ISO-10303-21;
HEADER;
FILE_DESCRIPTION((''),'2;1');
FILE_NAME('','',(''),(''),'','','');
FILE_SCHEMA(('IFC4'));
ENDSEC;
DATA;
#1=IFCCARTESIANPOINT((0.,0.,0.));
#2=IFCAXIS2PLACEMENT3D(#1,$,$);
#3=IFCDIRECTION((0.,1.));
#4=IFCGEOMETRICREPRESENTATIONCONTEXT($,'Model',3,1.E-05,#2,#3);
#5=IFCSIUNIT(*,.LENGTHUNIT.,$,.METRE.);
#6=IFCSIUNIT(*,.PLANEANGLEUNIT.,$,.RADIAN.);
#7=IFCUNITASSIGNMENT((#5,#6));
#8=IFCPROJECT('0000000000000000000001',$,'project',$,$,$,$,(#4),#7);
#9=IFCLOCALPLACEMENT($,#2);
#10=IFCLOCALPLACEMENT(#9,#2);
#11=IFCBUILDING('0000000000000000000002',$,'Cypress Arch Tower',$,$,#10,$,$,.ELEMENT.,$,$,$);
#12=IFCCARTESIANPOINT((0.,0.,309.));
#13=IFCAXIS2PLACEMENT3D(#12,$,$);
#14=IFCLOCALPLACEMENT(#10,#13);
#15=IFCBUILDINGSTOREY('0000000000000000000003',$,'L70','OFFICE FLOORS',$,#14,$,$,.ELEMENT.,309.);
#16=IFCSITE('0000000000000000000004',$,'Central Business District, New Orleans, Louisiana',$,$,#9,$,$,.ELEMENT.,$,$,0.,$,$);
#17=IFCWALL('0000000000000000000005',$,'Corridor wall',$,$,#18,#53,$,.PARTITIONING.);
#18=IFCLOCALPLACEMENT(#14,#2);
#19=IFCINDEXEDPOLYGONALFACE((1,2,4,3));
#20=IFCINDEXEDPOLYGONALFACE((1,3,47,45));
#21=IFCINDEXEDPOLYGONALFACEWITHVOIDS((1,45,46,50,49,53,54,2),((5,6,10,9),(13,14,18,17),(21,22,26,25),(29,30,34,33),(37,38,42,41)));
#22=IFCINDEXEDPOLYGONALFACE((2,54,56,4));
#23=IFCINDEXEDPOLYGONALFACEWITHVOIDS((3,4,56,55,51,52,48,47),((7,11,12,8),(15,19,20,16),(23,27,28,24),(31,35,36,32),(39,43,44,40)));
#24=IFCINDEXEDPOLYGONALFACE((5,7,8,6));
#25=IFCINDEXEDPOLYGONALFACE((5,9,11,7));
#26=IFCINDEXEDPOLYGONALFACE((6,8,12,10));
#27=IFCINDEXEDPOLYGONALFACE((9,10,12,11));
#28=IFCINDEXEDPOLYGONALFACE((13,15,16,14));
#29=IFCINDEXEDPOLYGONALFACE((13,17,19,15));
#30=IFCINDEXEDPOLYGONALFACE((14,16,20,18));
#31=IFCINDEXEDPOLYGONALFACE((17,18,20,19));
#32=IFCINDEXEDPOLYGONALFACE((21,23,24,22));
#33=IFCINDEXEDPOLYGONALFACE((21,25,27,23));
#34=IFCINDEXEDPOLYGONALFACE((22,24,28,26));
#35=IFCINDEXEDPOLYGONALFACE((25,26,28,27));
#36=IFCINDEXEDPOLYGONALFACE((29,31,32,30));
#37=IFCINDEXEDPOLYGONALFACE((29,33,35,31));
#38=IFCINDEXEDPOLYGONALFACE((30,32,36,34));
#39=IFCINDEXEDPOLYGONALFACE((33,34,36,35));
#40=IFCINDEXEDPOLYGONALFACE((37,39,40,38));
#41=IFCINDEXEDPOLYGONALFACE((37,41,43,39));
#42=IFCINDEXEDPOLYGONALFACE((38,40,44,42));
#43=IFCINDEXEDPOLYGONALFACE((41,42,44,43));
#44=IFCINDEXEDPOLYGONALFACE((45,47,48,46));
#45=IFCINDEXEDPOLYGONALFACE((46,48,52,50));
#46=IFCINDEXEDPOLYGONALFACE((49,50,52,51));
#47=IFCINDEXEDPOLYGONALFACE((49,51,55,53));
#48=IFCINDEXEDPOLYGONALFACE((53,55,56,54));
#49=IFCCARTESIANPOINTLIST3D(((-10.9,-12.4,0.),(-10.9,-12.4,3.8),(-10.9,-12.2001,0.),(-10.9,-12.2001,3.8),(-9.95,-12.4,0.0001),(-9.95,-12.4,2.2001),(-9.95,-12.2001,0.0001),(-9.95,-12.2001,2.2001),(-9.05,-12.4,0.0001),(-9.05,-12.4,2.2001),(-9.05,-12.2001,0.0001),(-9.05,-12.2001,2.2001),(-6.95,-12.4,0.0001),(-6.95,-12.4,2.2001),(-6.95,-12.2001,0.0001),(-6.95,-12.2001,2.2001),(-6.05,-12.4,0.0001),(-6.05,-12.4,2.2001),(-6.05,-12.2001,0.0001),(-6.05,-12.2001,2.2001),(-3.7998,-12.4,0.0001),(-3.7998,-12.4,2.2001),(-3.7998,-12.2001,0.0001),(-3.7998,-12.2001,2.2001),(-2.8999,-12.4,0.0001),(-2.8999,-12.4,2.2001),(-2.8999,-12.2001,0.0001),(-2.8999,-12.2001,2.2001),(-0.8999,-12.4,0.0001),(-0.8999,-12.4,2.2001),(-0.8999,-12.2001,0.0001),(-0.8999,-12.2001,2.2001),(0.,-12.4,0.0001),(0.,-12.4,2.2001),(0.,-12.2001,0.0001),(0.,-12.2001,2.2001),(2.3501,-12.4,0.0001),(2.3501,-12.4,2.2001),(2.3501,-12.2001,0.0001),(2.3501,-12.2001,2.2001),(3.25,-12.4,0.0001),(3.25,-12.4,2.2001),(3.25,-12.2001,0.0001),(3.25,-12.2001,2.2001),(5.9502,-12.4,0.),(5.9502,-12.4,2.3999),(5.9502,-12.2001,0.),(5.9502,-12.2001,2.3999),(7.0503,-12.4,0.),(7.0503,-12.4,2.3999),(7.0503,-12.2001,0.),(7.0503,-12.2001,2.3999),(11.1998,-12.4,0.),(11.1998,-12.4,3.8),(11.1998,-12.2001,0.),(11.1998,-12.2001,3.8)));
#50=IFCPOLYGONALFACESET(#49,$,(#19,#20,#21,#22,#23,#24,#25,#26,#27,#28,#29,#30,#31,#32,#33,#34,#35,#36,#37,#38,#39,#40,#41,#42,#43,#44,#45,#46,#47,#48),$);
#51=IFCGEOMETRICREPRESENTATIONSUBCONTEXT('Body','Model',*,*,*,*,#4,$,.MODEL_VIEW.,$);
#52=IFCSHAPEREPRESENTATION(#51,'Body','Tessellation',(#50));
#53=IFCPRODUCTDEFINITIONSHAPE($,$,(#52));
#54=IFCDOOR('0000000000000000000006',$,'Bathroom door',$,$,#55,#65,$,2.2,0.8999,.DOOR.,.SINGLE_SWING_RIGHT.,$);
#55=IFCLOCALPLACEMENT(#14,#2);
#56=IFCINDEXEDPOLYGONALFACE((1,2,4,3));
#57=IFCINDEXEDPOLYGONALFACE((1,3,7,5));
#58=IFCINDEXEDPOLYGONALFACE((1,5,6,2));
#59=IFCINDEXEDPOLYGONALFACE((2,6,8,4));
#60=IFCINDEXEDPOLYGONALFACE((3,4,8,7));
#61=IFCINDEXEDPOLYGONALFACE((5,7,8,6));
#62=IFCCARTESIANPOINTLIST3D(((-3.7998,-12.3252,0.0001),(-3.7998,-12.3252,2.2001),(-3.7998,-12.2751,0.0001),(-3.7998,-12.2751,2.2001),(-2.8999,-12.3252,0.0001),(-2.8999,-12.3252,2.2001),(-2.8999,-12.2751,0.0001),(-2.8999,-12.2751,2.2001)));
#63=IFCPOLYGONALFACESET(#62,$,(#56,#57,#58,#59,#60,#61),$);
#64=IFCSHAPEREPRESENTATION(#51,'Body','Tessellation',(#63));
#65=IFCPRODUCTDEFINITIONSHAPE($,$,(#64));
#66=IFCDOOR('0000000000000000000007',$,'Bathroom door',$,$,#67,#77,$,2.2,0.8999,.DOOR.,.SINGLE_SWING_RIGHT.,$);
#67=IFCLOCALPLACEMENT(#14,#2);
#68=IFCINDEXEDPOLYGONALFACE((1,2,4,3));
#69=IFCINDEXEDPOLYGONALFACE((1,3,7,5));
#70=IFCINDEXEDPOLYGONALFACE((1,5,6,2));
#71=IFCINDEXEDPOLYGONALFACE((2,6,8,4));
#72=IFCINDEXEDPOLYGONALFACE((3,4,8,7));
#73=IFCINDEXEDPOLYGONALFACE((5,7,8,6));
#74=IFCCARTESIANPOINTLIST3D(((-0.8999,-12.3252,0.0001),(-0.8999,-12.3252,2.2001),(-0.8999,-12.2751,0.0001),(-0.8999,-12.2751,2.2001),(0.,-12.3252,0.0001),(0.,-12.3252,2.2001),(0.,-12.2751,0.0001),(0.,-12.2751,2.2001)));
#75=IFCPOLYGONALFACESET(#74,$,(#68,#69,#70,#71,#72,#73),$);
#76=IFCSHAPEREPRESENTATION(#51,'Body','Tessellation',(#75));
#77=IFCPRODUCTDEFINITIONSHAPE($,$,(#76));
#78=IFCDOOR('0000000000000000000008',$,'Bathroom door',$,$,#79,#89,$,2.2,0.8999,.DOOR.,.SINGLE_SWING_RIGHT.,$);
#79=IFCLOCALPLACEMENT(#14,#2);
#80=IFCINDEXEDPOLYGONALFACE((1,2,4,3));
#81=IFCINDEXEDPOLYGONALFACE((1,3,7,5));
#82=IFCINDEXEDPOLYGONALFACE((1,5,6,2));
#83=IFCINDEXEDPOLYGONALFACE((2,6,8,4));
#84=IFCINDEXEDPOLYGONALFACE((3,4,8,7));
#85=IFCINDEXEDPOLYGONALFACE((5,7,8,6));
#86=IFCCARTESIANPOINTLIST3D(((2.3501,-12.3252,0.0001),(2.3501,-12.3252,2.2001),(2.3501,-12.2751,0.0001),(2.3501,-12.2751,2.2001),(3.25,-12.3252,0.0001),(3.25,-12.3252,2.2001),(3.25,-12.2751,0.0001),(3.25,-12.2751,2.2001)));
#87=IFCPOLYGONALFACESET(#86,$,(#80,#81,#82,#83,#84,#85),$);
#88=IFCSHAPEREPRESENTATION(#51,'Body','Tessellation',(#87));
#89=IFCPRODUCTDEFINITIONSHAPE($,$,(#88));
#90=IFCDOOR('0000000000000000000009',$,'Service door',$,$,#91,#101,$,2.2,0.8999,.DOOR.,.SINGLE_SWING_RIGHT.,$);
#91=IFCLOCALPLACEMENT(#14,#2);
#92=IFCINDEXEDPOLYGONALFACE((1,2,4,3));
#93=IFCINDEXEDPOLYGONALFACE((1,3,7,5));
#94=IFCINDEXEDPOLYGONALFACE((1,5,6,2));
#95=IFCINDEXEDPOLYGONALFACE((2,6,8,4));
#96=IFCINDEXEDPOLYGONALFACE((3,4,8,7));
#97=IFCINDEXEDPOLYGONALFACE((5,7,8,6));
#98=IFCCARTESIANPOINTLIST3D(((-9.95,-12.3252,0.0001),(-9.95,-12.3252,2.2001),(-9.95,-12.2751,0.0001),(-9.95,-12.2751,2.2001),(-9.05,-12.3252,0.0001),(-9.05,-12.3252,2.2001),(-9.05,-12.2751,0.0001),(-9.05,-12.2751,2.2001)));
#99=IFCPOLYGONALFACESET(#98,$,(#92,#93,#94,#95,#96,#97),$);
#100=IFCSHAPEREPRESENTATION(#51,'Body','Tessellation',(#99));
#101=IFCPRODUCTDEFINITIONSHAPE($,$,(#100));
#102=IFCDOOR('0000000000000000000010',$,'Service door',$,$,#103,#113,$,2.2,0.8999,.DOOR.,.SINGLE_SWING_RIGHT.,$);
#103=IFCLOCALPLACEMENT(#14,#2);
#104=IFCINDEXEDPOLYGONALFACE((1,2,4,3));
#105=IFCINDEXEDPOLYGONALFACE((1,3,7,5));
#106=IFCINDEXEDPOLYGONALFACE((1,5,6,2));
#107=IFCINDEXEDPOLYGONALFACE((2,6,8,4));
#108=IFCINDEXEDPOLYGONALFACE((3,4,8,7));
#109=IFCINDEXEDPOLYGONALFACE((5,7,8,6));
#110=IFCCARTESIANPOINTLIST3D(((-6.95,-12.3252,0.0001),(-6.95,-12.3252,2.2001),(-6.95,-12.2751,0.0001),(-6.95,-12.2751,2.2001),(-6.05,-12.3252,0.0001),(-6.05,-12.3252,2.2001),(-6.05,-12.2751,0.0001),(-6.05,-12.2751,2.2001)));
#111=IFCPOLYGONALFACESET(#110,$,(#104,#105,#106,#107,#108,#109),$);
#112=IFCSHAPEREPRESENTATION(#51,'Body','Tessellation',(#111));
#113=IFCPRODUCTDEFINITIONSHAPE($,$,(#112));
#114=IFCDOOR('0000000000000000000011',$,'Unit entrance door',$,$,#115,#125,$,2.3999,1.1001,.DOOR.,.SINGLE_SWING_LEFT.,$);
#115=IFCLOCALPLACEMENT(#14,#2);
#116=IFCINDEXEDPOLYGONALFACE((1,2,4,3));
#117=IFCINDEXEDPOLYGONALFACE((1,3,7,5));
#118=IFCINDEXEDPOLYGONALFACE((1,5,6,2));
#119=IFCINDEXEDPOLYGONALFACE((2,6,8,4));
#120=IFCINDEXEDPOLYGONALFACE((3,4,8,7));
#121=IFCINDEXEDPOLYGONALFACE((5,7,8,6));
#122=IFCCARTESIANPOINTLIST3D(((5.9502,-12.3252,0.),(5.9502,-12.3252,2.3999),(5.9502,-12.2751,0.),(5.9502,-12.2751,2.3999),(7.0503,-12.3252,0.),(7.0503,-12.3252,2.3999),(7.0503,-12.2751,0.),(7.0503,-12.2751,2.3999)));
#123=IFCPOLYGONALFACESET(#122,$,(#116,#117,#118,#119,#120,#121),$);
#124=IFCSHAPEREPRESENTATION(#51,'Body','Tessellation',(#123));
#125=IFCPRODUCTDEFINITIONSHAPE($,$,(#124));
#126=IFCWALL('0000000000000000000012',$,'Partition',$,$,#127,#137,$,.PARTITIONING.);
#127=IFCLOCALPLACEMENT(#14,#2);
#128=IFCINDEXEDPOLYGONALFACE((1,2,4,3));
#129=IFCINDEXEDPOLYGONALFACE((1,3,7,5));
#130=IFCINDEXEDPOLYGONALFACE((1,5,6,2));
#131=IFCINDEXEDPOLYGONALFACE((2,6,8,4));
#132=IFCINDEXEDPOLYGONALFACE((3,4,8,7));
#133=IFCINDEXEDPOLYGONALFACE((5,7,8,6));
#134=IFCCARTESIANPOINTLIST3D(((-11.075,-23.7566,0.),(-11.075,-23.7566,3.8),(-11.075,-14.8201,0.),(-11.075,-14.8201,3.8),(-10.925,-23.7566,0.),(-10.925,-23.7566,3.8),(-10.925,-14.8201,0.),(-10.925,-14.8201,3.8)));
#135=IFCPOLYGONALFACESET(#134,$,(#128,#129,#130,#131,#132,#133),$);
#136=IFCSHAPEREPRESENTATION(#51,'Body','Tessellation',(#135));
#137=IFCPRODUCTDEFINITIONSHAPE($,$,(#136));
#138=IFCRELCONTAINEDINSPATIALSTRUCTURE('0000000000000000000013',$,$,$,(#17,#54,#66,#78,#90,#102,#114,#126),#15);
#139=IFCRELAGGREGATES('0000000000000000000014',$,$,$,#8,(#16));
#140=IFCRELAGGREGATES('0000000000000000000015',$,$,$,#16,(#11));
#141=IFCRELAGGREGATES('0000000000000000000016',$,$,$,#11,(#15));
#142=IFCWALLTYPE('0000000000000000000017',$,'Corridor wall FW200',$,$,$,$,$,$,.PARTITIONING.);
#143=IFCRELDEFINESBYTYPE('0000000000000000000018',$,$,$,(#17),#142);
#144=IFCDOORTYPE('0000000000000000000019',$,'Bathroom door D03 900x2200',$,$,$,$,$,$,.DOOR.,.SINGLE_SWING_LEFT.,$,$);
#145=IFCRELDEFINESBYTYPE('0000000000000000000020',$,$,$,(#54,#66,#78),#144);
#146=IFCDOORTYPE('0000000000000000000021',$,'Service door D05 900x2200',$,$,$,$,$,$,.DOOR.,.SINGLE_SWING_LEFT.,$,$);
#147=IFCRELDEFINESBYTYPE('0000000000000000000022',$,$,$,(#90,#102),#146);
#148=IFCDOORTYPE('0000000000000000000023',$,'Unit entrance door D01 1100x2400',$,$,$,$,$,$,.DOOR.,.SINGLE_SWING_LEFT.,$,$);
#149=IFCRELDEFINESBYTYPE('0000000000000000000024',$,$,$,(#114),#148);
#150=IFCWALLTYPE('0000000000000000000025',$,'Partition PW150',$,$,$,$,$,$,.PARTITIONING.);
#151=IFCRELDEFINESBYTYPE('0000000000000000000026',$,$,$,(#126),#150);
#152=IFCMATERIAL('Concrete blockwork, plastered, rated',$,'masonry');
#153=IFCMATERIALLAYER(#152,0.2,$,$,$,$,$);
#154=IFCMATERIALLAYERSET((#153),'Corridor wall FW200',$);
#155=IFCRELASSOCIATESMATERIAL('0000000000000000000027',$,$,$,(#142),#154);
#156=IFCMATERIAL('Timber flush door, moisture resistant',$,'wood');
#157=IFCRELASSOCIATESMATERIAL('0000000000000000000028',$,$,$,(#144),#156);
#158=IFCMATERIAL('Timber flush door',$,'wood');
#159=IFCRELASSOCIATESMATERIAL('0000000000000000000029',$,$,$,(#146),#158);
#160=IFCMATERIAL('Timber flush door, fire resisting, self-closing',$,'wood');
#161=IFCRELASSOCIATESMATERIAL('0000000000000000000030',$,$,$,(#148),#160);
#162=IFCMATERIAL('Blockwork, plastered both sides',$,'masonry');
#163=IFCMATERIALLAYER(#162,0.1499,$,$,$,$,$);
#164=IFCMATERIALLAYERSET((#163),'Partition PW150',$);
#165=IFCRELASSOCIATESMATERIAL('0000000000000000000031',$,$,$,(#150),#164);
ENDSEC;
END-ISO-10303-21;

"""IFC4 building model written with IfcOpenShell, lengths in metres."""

from ifc_helpers import new_model, si_unit, direction, frame, frame_2d, origin, place, context, subcontext, project, spatial, rectangle, extrude, material, layer, layer_set, type_object, element, fill, save


model = new_model("IFC4")

# Units and contexts
model_context = context("Model", 3, precision=1e-05, world=origin(), true_north=direction((0.0, 1.0)))
body_context = subcontext(model_context, "Body", "Model", "MODEL_VIEW")
ifc_project = project(units=[si_unit("LENGTHUNIT", "METRE"), si_unit("PLANEANGLEUNIT", "RADIAN")], contexts=[model_context])

# Site, building, storey
site_placement = place(None, origin())
site = spatial("IfcSite", under=ifc_project, at=site_placement, Name="Central Business District, New Orleans, Louisiana", CompositionType="ELEMENT", RefElevation=0.0)
building_placement = place(site_placement, origin())
building = spatial("IfcBuilding", under=site, at=building_placement, Name="Cypress Arch Tower", CompositionType="ELEMENT")
storey_placement = place(building_placement, frame((0.0, 0.0, 309.0)))
storey = spatial("IfcBuildingStorey", under=building, at=storey_placement, Name="L70", Description="OFFICE FLOORS", CompositionType="ELEMENT", Elevation=309.0)

# Shared definitions
ifc_material_1 = material(Name="Concrete blockwork, plastered, rated", Category="masonry")
ifc_layer_1 = layer(ifc_material_1, 0.2)
ifc_layer_set_1 = layer_set([ifc_layer_1], Name="Corridor wall FW200")
wall_type_1 = type_object("IfcWallType", Name="Corridor wall FW200", PredefinedType="PARTITIONING", material=ifc_layer_set_1)

# Wall, openings, doors
wall_1_placement = place(storey_placement, frame((-10.8999, -12.3, 0.0), z_axis=(0.0, 0.0, 1.0), x_axis=(1.0, 0.0, 0.0)))
wall_1 = element("IfcWall", 1, at=wall_1_placement, inside=storey, type_object=wall_type_1, Name="Corridor wall", PredefinedType="PARTITIONING", context=body_context, shape_type="SweptSolid", body=[
    extrude(rectangle(XDim=22.0999, YDim=0.2, at=frame_2d((11.0498, 0.0))), origin(), (0.0, 0.0, 1.0), 3.8),
])
opening_1_placement = place(wall_1_placement, frame((0.95, 0.0, 0.0)))
opening_1 = element("IfcOpeningElement", 2, at=opening_1_placement, cuts=wall_1, PredefinedType="OPENING", context=body_context, shape_type="SweptSolid", body=[
    extrude(rectangle(XDim=0.8999, YDim=2.2, at=frame_2d((0.45, 1.1001))), frame((0.0, 0.1099, 0.0), z_axis=(0.0, -1.0, 0.0), x_axis=(1.0, 0.0, 0.0)), (0.0, 0.0, 1.0), 0.22),
])
opening_2_placement = place(wall_1_placement, frame((3.95, 0.0, 0.0)))
opening_2 = element("IfcOpeningElement", 3, at=opening_2_placement, cuts=wall_1, PredefinedType="OPENING", context=body_context, shape_type="SweptSolid", body=[
    extrude(rectangle(XDim=0.8999, YDim=2.2, at=frame_2d((0.45, 1.1001))), frame((0.0, 0.1099, 0.0), z_axis=(0.0, -1.0, 0.0), x_axis=(1.0, 0.0, 0.0)), (0.0, 0.0, 1.0), 0.22),
])
opening_3_placement = place(wall_1_placement, frame((7.1001, 0.0, 0.0)))
opening_3 = element("IfcOpeningElement", 4, at=opening_3_placement, cuts=wall_1, PredefinedType="OPENING", context=body_context, shape_type="SweptSolid", body=[
    extrude(rectangle(XDim=0.8999, YDim=2.2, at=frame_2d((0.45, 1.1001))), frame((0.0, 0.1099, 0.0), z_axis=(0.0, -1.0, 0.0), x_axis=(1.0, 0.0, 0.0)), (0.0, 0.0, 1.0), 0.22),
])
opening_4_placement = place(wall_1_placement, frame((10.0, 0.0, 0.0)))
opening_4 = element("IfcOpeningElement", 5, at=opening_4_placement, cuts=wall_1, PredefinedType="OPENING", context=body_context, shape_type="SweptSolid", body=[
    extrude(rectangle(XDim=0.8999, YDim=2.2, at=frame_2d((0.45, 1.1001))), frame((0.0, 0.1099, 0.0), z_axis=(0.0, -1.0, 0.0), x_axis=(1.0, 0.0, 0.0)), (0.0, 0.0, 1.0), 0.22),
])
opening_5_placement = place(wall_1_placement, frame((13.25, 0.0, 0.0)))
opening_5 = element("IfcOpeningElement", 6, at=opening_5_placement, cuts=wall_1, PredefinedType="OPENING", context=body_context, shape_type="SweptSolid", body=[
    extrude(rectangle(XDim=0.8999, YDim=2.2, at=frame_2d((0.45, 1.1001))), frame((0.0, 0.1099, 0.0), z_axis=(0.0, -1.0, 0.0), x_axis=(1.0, 0.0, 0.0)), (0.0, 0.0, 1.0), 0.22),
])
opening_6_placement = place(wall_1_placement, frame((16.8501, 0.0, 0.0)))
opening_6 = element("IfcOpeningElement", 7, at=opening_6_placement, cuts=wall_1, PredefinedType="OPENING", context=body_context, shape_type="SweptSolid", body=[
    extrude(rectangle(XDim=1.1001, YDim=2.3999, at=frame_2d((0.55, 1.2))), frame((0.0, 0.1099, 0.0), z_axis=(0.0, -1.0, 0.0), x_axis=(1.0, 0.0, 0.0)), (0.0, 0.0, 1.0), 0.22),
])
ifc_material_2 = material(Name="Timber flush door, moisture resistant", Category="wood")
door_type_1 = type_object("IfcDoorType", Name="Bathroom door D03 900x2200", OperationType="SINGLE_SWING_LEFT", PredefinedType="DOOR", material=ifc_material_2)
door_1_placement = place(opening_3_placement, origin())
door_1 = element("IfcDoor", 8, at=door_1_placement, inside=storey, type_object=door_type_1, Name="Bathroom door", OperationType="SINGLE_SWING_RIGHT", OverallHeight=2.2, OverallWidth=0.8999, PredefinedType="DOOR", context=body_context, shape_type="SweptSolid", body=[
    extrude(rectangle(XDim=0.8999, YDim=2.2, at=frame_2d((0.45, 1.1001))), frame((0.0, 0.0249, 0.0), z_axis=(0.0, -1.0, 0.0), x_axis=(1.0, 0.0, 0.0)), (0.0, 0.0, 1.0), 0.05),
])
fill(opening_3, door_1)
door_2_placement = place(opening_4_placement, origin())
door_2 = element("IfcDoor", 9, at=door_2_placement, inside=storey, type_object=door_type_1, Name="Bathroom door", OperationType="SINGLE_SWING_RIGHT", OverallHeight=2.2, OverallWidth=0.8999, PredefinedType="DOOR", context=body_context, shape_type="SweptSolid", body=[
    extrude(rectangle(XDim=0.8999, YDim=2.2, at=frame_2d((0.45, 1.1001))), frame((0.0, 0.0249, 0.0), z_axis=(0.0, -1.0, 0.0), x_axis=(1.0, 0.0, 0.0)), (0.0, 0.0, 1.0), 0.05),
])
fill(opening_4, door_2)
door_3_placement = place(opening_5_placement, origin())
door_3 = element("IfcDoor", 10, at=door_3_placement, inside=storey, type_object=door_type_1, Name="Bathroom door", OperationType="SINGLE_SWING_RIGHT", OverallHeight=2.2, OverallWidth=0.8999, PredefinedType="DOOR", context=body_context, shape_type="SweptSolid", body=[
    extrude(rectangle(XDim=0.8999, YDim=2.2, at=frame_2d((0.45, 1.1001))), frame((0.0, 0.0249, 0.0), z_axis=(0.0, -1.0, 0.0), x_axis=(1.0, 0.0, 0.0)), (0.0, 0.0, 1.0), 0.05),
])
fill(opening_5, door_3)
ifc_material_3 = material(Name="Timber flush door", Category="wood")
door_type_2 = type_object("IfcDoorType", Name="Service door D05 900x2200", OperationType="SINGLE_SWING_LEFT", PredefinedType="DOOR", material=ifc_material_3)
door_4_placement = place(opening_1_placement, origin())
door_4 = element("IfcDoor", 11, at=door_4_placement, inside=storey, type_object=door_type_2, Name="Service door", OperationType="SINGLE_SWING_RIGHT", OverallHeight=2.2, OverallWidth=0.8999, PredefinedType="DOOR", context=body_context, shape_type="SweptSolid", body=[
    extrude(rectangle(XDim=0.8999, YDim=2.2, at=frame_2d((0.45, 1.1001))), frame((0.0, 0.0249, 0.0), z_axis=(0.0, -1.0, 0.0), x_axis=(1.0, 0.0, 0.0)), (0.0, 0.0, 1.0), 0.05),
])
fill(opening_1, door_4)
door_5_placement = place(opening_2_placement, origin())
door_5 = element("IfcDoor", 12, at=door_5_placement, inside=storey, type_object=door_type_2, Name="Service door", OperationType="SINGLE_SWING_RIGHT", OverallHeight=2.2, OverallWidth=0.8999, PredefinedType="DOOR", context=body_context, shape_type="SweptSolid", body=[
    extrude(rectangle(XDim=0.8999, YDim=2.2, at=frame_2d((0.45, 1.1001))), frame((0.0, 0.0249, 0.0), z_axis=(0.0, -1.0, 0.0), x_axis=(1.0, 0.0, 0.0)), (0.0, 0.0, 1.0), 0.05),
])
fill(opening_2, door_5)
ifc_material_4 = material(Name="Timber flush door, fire resisting, self-closing", Category="wood")
door_type_3 = type_object("IfcDoorType", Name="Unit entrance door D01 1100x2400", OperationType="SINGLE_SWING_LEFT", PredefinedType="DOOR", material=ifc_material_4)
door_6_placement = place(opening_6_placement, origin())
door_6 = element("IfcDoor", 13, at=door_6_placement, inside=storey, type_object=door_type_3, Name="Unit entrance door", OperationType="SINGLE_SWING_LEFT", OverallHeight=2.3999, OverallWidth=1.1001, PredefinedType="DOOR", context=body_context, shape_type="SweptSolid", body=[
    extrude(rectangle(XDim=1.1001, YDim=2.3999, at=frame_2d((0.55, 1.2))), frame((0.0, 0.0249, 0.0), z_axis=(0.0, -1.0, 0.0), x_axis=(1.0, 0.0, 0.0)), (0.0, 0.0, 1.0), 0.05),
])
fill(opening_6, door_6)

# Wall
ifc_material_5 = material(Name="Blockwork, plastered both sides", Category="masonry")
ifc_layer_2 = layer(ifc_material_5, 0.1499)
ifc_layer_set_2 = layer_set([ifc_layer_2], Name="Partition PW150")
wall_type_2 = type_object("IfcWallType", Name="Partition PW150", PredefinedType="PARTITIONING", material=ifc_layer_set_2)
wall_2_placement = place(storey_placement, frame((-11.0, -23.7566, 0.0), z_axis=(0.0, 0.0, 1.0), x_axis=(0.0, 1.0, 0.0)))
element("IfcWall", 14, at=wall_2_placement, inside=storey, type_object=wall_type_2, Name="Partition", PredefinedType="PARTITIONING", context=body_context, shape_type="SweptSolid", body=[
    extrude(rectangle(XDim=8.9365, YDim=0.1499, at=frame_2d((4.4683, 0.0))), origin(), (0.0, 0.0, 1.0), 3.8),
])

save(model, "model.ifc")
